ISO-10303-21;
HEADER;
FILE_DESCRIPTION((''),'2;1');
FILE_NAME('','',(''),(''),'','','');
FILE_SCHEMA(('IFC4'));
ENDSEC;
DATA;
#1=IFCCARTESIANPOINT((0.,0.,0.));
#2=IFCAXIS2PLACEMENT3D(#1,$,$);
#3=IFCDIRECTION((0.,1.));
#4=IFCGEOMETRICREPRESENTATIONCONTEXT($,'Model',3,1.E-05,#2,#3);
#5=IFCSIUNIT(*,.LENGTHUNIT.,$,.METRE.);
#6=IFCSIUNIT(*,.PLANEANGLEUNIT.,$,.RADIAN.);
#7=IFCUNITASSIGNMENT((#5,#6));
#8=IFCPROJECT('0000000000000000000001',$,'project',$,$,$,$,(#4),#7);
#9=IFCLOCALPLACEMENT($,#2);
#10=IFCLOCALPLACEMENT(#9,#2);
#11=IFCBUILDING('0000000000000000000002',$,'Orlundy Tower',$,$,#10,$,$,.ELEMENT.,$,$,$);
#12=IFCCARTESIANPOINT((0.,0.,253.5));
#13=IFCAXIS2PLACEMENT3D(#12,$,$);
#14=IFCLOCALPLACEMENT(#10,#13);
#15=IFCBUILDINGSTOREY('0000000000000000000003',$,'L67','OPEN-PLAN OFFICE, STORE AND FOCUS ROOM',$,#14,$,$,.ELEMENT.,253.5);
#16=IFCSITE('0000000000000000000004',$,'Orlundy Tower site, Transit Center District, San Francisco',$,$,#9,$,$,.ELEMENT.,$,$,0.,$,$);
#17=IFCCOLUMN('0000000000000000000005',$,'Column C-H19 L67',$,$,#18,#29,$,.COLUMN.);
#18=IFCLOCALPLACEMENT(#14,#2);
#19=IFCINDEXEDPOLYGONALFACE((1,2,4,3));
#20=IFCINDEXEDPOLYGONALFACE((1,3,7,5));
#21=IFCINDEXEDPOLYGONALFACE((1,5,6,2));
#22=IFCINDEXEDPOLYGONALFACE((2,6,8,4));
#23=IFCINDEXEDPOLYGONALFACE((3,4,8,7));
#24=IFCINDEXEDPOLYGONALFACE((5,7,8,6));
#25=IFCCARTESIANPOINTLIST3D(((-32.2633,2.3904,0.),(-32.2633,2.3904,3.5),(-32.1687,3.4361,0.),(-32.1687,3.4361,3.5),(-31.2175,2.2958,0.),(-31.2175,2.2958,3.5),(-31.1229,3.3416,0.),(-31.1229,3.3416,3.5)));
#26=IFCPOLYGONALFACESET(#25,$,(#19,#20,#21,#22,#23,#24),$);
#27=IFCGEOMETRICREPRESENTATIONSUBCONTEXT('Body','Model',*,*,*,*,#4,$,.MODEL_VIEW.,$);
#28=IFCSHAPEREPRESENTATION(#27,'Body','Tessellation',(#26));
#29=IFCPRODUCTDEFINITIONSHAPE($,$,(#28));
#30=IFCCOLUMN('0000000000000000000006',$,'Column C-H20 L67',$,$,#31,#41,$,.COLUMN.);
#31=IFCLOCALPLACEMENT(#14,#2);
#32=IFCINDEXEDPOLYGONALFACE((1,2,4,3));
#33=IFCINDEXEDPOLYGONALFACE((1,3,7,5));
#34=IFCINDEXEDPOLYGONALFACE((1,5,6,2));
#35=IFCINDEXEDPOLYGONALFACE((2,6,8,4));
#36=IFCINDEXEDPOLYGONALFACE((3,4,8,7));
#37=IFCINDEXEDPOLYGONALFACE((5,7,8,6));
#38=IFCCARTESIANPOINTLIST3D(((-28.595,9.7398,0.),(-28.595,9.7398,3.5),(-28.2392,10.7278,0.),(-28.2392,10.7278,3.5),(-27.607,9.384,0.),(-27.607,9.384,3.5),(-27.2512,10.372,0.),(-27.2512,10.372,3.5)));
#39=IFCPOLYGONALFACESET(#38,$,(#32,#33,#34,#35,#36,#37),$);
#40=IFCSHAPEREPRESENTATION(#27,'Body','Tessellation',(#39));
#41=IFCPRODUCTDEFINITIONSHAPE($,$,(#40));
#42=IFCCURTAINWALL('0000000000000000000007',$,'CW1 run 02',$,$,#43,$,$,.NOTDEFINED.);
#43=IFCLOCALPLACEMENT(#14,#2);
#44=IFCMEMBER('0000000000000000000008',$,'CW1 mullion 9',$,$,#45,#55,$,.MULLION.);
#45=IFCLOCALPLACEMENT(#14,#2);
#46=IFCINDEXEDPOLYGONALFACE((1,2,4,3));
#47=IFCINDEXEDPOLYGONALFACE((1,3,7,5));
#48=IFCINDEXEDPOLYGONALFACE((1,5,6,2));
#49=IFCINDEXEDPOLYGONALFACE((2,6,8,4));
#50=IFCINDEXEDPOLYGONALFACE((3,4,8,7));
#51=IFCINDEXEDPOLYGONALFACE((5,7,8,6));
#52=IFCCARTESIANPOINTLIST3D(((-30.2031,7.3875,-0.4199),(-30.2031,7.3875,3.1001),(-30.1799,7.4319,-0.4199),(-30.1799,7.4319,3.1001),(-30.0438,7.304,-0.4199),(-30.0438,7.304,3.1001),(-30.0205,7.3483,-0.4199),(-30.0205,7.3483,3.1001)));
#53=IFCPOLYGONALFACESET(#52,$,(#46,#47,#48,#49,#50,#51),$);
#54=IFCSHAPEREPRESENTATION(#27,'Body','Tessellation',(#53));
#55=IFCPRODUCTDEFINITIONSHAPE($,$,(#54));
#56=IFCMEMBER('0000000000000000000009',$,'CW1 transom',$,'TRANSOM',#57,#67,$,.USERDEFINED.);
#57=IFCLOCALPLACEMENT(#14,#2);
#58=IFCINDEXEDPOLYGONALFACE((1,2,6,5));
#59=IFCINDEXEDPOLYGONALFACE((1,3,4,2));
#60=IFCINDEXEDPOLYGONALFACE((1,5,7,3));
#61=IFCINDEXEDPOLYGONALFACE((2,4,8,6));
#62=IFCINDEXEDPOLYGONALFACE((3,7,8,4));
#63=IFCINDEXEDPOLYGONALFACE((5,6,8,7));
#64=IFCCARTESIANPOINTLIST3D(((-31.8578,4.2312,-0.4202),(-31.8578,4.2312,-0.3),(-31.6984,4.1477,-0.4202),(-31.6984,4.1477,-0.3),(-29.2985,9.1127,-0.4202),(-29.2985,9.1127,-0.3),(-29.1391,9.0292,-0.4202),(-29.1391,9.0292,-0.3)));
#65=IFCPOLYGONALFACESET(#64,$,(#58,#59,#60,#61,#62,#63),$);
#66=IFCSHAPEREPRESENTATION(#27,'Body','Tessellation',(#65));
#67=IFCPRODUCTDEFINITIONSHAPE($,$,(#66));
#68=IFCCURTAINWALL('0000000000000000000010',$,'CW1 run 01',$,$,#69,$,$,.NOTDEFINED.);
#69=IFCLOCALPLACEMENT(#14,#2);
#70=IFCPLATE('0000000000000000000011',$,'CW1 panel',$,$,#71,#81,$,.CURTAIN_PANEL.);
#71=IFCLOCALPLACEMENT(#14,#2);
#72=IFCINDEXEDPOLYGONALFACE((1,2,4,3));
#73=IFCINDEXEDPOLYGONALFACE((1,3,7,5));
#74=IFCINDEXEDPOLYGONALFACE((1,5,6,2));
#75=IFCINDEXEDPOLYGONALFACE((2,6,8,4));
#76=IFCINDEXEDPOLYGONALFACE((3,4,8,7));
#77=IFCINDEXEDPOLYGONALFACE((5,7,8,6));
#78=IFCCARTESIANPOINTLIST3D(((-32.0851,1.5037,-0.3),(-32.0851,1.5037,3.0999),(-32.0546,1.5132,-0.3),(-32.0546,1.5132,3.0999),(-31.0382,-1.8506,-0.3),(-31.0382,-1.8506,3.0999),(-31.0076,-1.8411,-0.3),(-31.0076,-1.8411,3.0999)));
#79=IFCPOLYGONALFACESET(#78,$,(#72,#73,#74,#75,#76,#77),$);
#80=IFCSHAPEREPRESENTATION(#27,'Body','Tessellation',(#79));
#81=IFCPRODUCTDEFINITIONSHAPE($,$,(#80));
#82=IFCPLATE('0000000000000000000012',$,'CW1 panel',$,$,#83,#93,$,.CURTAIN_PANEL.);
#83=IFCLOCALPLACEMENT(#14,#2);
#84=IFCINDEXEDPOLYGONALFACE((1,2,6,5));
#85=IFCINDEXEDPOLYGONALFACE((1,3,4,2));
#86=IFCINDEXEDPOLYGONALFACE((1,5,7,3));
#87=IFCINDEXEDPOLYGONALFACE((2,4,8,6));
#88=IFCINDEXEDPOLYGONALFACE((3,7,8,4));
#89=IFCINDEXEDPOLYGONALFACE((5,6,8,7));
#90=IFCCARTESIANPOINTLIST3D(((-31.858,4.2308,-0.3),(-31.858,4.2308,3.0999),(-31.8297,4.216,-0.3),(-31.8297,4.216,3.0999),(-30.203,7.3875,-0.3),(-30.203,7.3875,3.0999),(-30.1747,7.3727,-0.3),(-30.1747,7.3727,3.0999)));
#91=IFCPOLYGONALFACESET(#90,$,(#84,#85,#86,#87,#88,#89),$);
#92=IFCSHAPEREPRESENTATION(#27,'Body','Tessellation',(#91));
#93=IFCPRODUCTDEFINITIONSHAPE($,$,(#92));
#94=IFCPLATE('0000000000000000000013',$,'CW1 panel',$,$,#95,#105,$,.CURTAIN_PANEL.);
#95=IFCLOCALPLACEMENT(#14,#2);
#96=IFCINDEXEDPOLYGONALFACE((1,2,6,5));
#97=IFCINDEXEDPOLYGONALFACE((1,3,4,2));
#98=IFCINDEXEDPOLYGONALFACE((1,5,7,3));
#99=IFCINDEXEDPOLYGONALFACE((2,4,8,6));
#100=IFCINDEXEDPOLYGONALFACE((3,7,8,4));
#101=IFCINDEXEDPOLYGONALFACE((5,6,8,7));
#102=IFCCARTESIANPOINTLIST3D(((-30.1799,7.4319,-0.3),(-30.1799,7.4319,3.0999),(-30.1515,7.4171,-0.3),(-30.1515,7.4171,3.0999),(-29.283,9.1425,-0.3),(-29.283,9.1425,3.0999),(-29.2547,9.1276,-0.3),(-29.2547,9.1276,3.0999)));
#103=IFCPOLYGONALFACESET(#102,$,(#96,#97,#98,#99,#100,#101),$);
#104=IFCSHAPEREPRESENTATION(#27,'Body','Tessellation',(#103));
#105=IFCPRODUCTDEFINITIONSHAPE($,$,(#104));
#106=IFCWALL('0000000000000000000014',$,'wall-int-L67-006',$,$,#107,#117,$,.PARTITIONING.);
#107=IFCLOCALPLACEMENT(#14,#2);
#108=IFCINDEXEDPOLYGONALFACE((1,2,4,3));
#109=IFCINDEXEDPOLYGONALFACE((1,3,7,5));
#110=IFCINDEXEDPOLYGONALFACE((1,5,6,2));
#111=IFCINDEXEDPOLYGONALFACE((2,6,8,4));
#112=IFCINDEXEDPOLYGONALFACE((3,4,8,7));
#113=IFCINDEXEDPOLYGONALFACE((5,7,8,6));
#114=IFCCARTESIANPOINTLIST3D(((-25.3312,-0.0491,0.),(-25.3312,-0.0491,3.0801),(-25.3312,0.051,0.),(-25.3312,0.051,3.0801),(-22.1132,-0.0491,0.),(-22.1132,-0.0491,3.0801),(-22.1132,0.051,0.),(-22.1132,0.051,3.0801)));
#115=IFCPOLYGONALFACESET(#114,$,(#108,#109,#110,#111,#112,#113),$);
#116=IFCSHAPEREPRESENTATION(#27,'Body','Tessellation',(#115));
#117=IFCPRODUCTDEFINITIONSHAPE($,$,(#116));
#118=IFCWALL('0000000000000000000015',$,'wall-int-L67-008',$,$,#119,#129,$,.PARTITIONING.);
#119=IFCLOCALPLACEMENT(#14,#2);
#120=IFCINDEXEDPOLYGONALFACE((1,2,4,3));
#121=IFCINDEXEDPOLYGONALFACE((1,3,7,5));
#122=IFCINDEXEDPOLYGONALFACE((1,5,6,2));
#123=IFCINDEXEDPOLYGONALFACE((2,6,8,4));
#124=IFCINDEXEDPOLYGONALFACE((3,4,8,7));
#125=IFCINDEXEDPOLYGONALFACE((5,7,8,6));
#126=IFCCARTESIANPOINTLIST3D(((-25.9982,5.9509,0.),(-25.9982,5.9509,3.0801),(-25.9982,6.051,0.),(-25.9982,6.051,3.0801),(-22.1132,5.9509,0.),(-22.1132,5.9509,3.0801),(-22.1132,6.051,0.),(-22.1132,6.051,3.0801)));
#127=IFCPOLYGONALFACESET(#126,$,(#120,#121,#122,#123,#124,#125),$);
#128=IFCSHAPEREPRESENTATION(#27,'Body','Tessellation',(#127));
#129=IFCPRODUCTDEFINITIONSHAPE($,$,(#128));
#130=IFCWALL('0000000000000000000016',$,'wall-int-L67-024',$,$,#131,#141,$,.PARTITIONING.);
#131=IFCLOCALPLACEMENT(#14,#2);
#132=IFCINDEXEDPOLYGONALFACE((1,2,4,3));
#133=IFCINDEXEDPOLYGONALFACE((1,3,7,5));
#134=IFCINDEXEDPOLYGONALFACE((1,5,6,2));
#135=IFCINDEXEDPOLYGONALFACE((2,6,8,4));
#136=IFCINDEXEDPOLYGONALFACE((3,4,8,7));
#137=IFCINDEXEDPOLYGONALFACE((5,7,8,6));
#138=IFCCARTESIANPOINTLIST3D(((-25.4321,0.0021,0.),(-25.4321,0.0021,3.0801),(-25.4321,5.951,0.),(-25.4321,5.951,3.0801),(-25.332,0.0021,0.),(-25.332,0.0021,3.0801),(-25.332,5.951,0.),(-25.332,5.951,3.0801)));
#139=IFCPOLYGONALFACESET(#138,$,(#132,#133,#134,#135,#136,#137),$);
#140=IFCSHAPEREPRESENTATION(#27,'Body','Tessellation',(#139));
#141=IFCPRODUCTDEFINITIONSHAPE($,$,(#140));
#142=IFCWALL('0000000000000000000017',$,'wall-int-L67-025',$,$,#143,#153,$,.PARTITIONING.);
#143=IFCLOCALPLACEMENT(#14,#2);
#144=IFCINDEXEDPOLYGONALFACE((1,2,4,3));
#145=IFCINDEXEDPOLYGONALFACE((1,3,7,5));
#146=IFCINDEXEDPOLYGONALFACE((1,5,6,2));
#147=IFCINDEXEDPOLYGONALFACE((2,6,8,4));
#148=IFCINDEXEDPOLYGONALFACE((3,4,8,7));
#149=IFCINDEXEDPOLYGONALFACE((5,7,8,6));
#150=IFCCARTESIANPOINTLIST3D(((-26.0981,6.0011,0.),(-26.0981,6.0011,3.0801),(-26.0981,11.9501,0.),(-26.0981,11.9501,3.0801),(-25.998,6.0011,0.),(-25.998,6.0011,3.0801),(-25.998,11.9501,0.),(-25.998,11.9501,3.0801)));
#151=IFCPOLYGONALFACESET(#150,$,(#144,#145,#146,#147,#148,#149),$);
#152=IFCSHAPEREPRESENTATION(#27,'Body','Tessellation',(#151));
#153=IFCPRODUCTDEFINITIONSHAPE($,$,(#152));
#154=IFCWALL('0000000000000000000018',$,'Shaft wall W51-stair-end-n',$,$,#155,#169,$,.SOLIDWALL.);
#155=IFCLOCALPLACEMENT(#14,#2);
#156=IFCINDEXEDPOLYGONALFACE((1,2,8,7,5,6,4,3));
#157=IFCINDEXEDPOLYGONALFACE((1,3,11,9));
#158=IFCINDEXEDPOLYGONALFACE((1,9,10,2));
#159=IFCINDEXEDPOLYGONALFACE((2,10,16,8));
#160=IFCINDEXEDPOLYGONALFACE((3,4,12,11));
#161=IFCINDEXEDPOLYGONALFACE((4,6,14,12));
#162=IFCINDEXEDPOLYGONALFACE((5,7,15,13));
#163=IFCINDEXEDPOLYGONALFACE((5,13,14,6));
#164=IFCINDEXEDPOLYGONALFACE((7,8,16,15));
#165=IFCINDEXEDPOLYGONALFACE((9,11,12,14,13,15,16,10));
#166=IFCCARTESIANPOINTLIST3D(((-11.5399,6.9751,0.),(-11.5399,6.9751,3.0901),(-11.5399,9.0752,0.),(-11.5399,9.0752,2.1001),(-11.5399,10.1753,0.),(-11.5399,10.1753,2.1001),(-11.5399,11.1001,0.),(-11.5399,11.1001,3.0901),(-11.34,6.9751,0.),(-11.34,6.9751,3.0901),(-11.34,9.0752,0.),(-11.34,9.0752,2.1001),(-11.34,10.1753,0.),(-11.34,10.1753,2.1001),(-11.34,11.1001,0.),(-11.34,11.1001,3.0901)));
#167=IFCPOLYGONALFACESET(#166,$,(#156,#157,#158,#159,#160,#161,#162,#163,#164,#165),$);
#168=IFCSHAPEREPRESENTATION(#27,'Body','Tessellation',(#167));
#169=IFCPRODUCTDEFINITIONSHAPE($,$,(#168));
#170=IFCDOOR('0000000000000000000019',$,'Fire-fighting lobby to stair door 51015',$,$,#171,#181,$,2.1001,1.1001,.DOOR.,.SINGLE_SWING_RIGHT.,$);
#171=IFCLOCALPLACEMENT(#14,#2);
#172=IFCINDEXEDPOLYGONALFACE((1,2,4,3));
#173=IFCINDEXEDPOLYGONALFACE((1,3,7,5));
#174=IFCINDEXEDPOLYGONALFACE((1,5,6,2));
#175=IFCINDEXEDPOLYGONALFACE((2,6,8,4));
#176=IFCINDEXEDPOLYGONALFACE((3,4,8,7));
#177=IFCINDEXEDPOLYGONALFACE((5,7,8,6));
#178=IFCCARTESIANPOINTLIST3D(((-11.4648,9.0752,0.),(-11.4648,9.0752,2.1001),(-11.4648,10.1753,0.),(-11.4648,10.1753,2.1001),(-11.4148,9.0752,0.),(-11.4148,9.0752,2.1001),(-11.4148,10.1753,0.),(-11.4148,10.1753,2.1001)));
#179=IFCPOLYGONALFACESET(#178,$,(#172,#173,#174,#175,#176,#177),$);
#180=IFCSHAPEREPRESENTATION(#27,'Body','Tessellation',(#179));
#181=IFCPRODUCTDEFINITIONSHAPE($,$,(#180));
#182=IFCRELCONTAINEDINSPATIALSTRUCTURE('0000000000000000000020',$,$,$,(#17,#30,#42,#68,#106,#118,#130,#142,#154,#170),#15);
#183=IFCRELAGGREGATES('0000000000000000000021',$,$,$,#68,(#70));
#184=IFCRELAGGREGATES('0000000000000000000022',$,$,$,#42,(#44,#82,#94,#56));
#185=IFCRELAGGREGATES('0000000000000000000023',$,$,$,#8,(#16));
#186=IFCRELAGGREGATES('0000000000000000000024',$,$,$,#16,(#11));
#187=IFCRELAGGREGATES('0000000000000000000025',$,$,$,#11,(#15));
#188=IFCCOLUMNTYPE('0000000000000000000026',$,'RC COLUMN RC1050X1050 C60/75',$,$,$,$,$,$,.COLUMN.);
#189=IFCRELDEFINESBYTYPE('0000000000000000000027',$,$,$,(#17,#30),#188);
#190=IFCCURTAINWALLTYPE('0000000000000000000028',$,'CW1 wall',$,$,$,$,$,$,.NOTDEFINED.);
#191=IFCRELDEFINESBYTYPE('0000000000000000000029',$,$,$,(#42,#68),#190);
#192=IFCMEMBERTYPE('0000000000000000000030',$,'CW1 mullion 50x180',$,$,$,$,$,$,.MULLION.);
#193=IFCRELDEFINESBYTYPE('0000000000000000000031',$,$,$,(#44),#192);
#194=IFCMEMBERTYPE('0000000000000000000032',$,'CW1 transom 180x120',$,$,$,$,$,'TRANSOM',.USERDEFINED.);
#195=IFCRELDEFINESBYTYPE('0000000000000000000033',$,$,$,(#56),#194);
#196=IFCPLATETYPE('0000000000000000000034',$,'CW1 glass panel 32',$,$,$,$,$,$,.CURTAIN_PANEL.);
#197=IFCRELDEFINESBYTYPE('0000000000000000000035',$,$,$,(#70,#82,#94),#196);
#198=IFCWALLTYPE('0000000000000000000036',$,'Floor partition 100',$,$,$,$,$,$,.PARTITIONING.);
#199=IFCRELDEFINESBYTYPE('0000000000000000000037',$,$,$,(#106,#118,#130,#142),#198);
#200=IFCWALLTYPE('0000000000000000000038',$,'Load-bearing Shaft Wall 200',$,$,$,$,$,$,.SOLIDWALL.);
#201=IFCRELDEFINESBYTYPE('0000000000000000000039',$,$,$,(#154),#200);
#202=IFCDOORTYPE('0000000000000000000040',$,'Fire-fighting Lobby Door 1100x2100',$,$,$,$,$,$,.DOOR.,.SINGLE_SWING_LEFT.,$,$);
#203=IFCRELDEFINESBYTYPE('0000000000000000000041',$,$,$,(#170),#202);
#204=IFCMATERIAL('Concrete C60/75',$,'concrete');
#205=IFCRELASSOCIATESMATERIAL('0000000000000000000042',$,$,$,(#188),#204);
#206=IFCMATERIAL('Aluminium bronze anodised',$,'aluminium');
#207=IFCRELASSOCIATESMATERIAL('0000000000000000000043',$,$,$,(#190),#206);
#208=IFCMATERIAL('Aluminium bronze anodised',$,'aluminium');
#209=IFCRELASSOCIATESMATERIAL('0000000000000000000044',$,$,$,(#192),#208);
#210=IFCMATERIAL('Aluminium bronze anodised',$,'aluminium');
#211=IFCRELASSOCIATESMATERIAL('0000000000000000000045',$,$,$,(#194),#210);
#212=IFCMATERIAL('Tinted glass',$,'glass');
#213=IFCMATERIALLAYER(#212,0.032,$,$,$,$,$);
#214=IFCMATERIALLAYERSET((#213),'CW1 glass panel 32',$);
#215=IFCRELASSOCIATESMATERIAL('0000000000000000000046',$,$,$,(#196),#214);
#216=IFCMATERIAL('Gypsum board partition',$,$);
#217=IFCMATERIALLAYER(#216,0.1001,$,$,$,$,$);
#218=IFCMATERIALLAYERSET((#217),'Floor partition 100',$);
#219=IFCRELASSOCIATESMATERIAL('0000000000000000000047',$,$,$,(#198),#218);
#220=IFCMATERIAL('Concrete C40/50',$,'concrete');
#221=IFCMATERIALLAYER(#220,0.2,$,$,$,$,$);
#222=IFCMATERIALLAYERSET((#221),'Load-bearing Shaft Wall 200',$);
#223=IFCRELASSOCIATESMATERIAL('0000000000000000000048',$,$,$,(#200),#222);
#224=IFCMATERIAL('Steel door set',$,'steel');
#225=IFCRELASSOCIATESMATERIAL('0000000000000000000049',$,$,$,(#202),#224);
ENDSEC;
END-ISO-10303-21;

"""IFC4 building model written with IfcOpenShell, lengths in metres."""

from ifc_helpers import new_model, si_unit, direction, frame, frame_2d, origin, origin_2d, place, context, subcontext, project, spatial, rectangle, extrude, material, layer, layer_set, material_profile, profile_set, type_object, element, fill, aggregate, save


model = new_model("IFC4")

# Units and contexts
model_context = context("Model", 3, precision=1e-05, world=origin(), true_north=direction((0.0, 1.0)))
body_context = subcontext(model_context, "Body", "Model", "MODEL_VIEW")
ifc_project = project(units=[si_unit("LENGTHUNIT", "METRE"), si_unit("PLANEANGLEUNIT", "RADIAN")], contexts=[model_context])

# Site, building, storey
site_placement = place(None, origin())
site = spatial("IfcSite", under=ifc_project, at=site_placement, Name="Orlundy Tower site, Transit Center District, San Francisco", CompositionType="ELEMENT", RefElevation=0.0)
building_placement = place(site_placement, origin())
building = spatial("IfcBuilding", under=site, at=building_placement, Name="Orlundy Tower", CompositionType="ELEMENT")
storey_placement = place(building_placement, frame((0.0, 0.0, 253.5)))
storey = spatial("IfcBuildingStorey", under=building, at=storey_placement, Name="L67", Description="OPEN-PLAN OFFICE, STORE AND FOCUS ROOM", CompositionType="ELEMENT", Elevation=253.5)

# Columns
ifc_material_1 = material(Name="Concrete C60/75", Category="concrete")
ifc_material_profile_1 = material_profile(ifc_material_1, rectangle(XDim=1.05, YDim=1.05, at=origin_2d()), Name="RC1050X1050")
ifc_profile_set_1 = profile_set([ifc_material_profile_1], Name="Concrete C60/75")
column_type = type_object("IfcColumnType", Name="RC COLUMN RC1050X1050 C60/75", PredefinedType="COLUMN", material=ifc_profile_set_1)
for number, where, z_axis, x_axis, name in (
    (1, (-31.6931, 2.866, 0.0), (0.0, 0.0, 1.0), (-0.995936, 0.090059, 0.0), "Column C-H19 L67"),
    (2, (-27.9231, 10.0559, 0.0), (0.0, 0.0, 1.0), (-0.940845, 0.338836, 0.0), "Column C-H20 L67"),
):
    element("IfcColumn", number, at=place(storey_placement, frame(where, z_axis=z_axis, x_axis=x_axis)), inside=storey, type_object=column_type, Name=name, PredefinedType="COLUMN", context=body_context, shape_type="SweptSolid", body=[
        extrude(rectangle(XDim=1.05, YDim=1.05, at=origin_2d()), origin(), (0.0, 0.0, 1.0), 3.5),
    ])

# Curtain wall, members
ifc_material_2 = material(Name="Aluminium bronze anodised", Category="aluminium")
curtain_wall_type = type_object("IfcCurtainWallType", Name="CW1 wall", PredefinedType="NOTDEFINED", material=ifc_material_2)
curtain_wall_1_placement = place(storey_placement, origin())
curtain_wall_1 = element("IfcCurtainWall", 3, at=curtain_wall_1_placement, inside=storey, type_object=curtain_wall_type, Name="CW1 run 02", PredefinedType="NOTDEFINED")
ifc_material_3 = material(Name="Aluminium bronze anodised", Category="aluminium")
ifc_material_profile_2 = material_profile(ifc_material_3, rectangle(XDim=0.1799, YDim=0.05, at=origin_2d()), Name="CW1 mullion 50x180")
ifc_profile_set_2 = profile_set([ifc_material_profile_2], Name="Aluminium bronze anodised")
member_type_1 = type_object("IfcMemberType", Name="CW1 mullion 50x180", PredefinedType="MULLION", material=ifc_profile_set_2)
member_1_placement = place(storey_placement, frame((-30.1118, 7.3679, -0.4199), z_axis=(0.0, 0.0, 1.0), x_axis=(-0.885659, 0.464336, 0.0)))
member_1 = element("IfcMember", 4, at=member_1_placement, type_object=member_type_1, Name="CW1 mullion 9", PredefinedType="MULLION", context=body_context, shape_type="SweptSolid", body=[
    extrude(rectangle(XDim=0.1799, YDim=0.05, at=origin_2d()), origin(), (0.0, 0.0, 1.0), 3.52),
])
ifc_material_4 = material(Name="Aluminium bronze anodised", Category="aluminium")
ifc_material_profile_3 = material_profile(ifc_material_4, rectangle(XDim=0.1799, YDim=0.1201, at=origin_2d()), Name="CW1 transom 180x120")
ifc_profile_set_3 = profile_set([ifc_material_profile_3], Name="Aluminium bronze anodised")
member_type_2 = type_object("IfcMemberType", Name="CW1 transom 180x120", ElementType="TRANSOM", PredefinedType="USERDEFINED", material=ifc_profile_set_3)
member_2_placement = place(storey_placement, frame((-31.7781, 4.1895, -0.3601), z_axis=(0.464335, 0.88566, 0.0), x_axis=(-0.88566, 0.464335, 0.0)))
member_2 = element("IfcMember", 5, at=member_2_placement, type_object=member_type_2, Name="CW1 transom", ObjectType="TRANSOM", PredefinedType="USERDEFINED", context=body_context, shape_type="SweptSolid", body=[
    extrude(rectangle(XDim=0.1799, YDim=0.1201, at=origin_2d()), origin(), (0.0, 0.0, 1.0), 5.5117),
])

# Curtain wall, plate
curtain_wall_2_placement = place(storey_placement, origin())
curtain_wall_2 = element("IfcCurtainWall", 6, at=curtain_wall_2_placement, inside=storey, type_object=curtain_wall_type, Name="CW1 run 01", PredefinedType="NOTDEFINED")
ifc_material_5 = material(Name="Tinted glass", Category="glass")
ifc_layer_1 = layer(ifc_material_5, 0.032)
ifc_layer_set_1 = layer_set([ifc_layer_1], Name="CW1 glass panel 32")
plate_type = type_object("IfcPlateType", Name="CW1 glass panel 32", PredefinedType="CURTAIN_PANEL", material=ifc_layer_set_1)
plate_1_placement = place(storey_placement, frame((-31.5464, -0.1687, -0.3), z_axis=(0.0, 0.0, 1.0), x_axis=(-0.297954, 0.95458, 0.0)))
plate_1 = element("IfcPlate", 7, at=plate_1_placement, type_object=plate_type, Name="CW1 panel", PredefinedType="CURTAIN_PANEL", context=body_context, shape_type="SweptSolid", body=[
    extrude(rectangle(XDim=3.5139, YDim=0.032, at=origin_2d()), origin(), (0.0, 0.0, 1.0), 3.3999),
])
aggregate(curtain_wall_2, [plate_1])

# Plates
plate_2_placement = place(storey_placement, frame((-31.0164, 5.8018, -0.3), z_axis=(0.0, 0.0, 1.0), x_axis=(0.464336, 0.885659, 0.0)))
plate_2 = element("IfcPlate", 8, at=plate_2_placement, type_object=plate_type, Name="CW1 panel", PredefinedType="CURTAIN_PANEL", context=body_context, shape_type="SweptSolid", body=[
    extrude(rectangle(XDim=3.5642, YDim=0.032, at=origin_2d()), origin(), (0.0, 0.0, 1.0), 3.3999),
])
plate_3_placement = place(storey_placement, frame((-29.7173, 8.2798, -0.3), z_axis=(0.0, 0.0, 1.0), x_axis=(0.464336, 0.885659, 0.0)))
plate_3 = element("IfcPlate", 9, at=plate_3_placement, type_object=plate_type, Name="CW1 panel", PredefinedType="CURTAIN_PANEL", context=body_context, shape_type="SweptSolid", body=[
    extrude(rectangle(XDim=1.9314, YDim=0.032, at=origin_2d()), origin(), (0.0, 0.0, 1.0), 3.3999),
])
aggregate(curtain_wall_1, [member_1, plate_2, plate_3, member_2])

# Walls
ifc_material_6 = material(Name="Gypsum board partition")
ifc_layer_2 = layer(ifc_material_6, 0.1001)
ifc_layer_set_2 = layer_set([ifc_layer_2], Name="Floor partition 100")
wall_type_1 = type_object("IfcWallType", Name="Floor partition 100", PredefinedType="PARTITIONING", material=ifc_layer_set_2)
wall_1_placement = place(storey_placement, frame((-25.3311, 0.001, 0.0), z_axis=(0.0, 0.0, 1.0), x_axis=(1.0, 0.0, 0.0)))
element("IfcWall", 10, at=wall_1_placement, inside=storey, type_object=wall_type_1, Name="wall-int-L67-006", PredefinedType="PARTITIONING", context=body_context, shape_type="SweptSolid", body=[
    extrude(rectangle(XDim=3.218, YDim=0.1001, at=frame_2d((1.6089, 0.0))), origin(), (0.0, 0.0, 1.0), 3.0801),
])
wall_2_placement = place(storey_placement, frame((-25.998, 6.001, 0.0), z_axis=(0.0, 0.0, 1.0), x_axis=(1.0, 0.0, 0.0)))
element("IfcWall", 11, at=wall_2_placement, inside=storey, type_object=wall_type_1, Name="wall-int-L67-008", PredefinedType="PARTITIONING", context=body_context, shape_type="SweptSolid", body=[
    extrude(rectangle(XDim=3.885, YDim=0.1001, at=frame_2d((1.9424, 0.0))), origin(), (0.0, 0.0, 1.0), 3.0801),
])
for number, where, z_axis, x_axis, name in (
    (12, (-25.3821, 0.002, 0.0), (0.0, 0.0, 1.0), (0.0, 1.0, 0.0), "wall-int-L67-024"),
    (13, (-26.0481, 6.001, 0.0), (0.0, 0.0, 1.0), (0.0, 1.0, 0.0), "wall-int-L67-025"),
):
    element("IfcWall", number, at=place(storey_placement, frame(where, z_axis=z_axis, x_axis=x_axis)), inside=storey, type_object=wall_type_1, Name=name, PredefinedType="PARTITIONING", context=body_context, shape_type="SweptSolid", body=[
        extrude(rectangle(XDim=5.949, YDim=0.1001, at=frame_2d((2.9746, 0.0))), origin(), (0.0, 0.0, 1.0), 3.0801),
    ])

# Wall, opening, door
ifc_material_7 = material(Name="Concrete C40/50", Category="concrete")
ifc_layer_3 = layer(ifc_material_7, 0.2)
ifc_layer_set_3 = layer_set([ifc_layer_3], Name="Load-bearing Shaft Wall 200")
wall_type_2 = type_object("IfcWallType", Name="Load-bearing Shaft Wall 200", PredefinedType="SOLIDWALL", material=ifc_layer_set_3)
wall_3_placement = place(storey_placement, frame((-11.4399, 6.9751, 0.0), z_axis=(0.0, 0.0, 1.0), x_axis=(0.0, 1.0, 0.0)))
wall_3 = element("IfcWall", 14, at=wall_3_placement, inside=storey, type_object=wall_type_2, Name="Shaft wall W51-stair-end-n", PredefinedType="SOLIDWALL", context=body_context, shape_type="SweptSolid", body=[
    extrude(rectangle(XDim=4.125, YDim=0.2, at=frame_2d((2.0625, 0.0))), origin(), (0.0, 0.0, 1.0), 3.0901),
])
opening_1_placement = place(wall_3_placement, frame((2.1001, 0.0, 0.0)))
opening_1 = element("IfcOpeningElement", 15, at=opening_1_placement, cuts=wall_3, PredefinedType="OPENING", context=body_context, shape_type="SweptSolid", body=[
    extrude(rectangle(XDim=1.1001, YDim=2.1001, at=frame_2d((0.55, 1.05))), frame((0.0, 0.1101, 0.0), z_axis=(0.0, -1.0, 0.0), x_axis=(1.0, 0.0, 0.0)), (0.0, 0.0, 1.0), 0.2202),
])
ifc_material_8 = material(Name="Steel door set", Category="steel")
door_type_1 = type_object("IfcDoorType", Name="Fire-fighting Lobby Door 1100x2100", OperationType="SINGLE_SWING_LEFT", PredefinedType="DOOR", material=ifc_material_8)
door_1_placement = place(opening_1_placement, origin())
door_1 = element("IfcDoor", 16, at=door_1_placement, inside=storey, type_object=door_type_1, Name="Fire-fighting lobby to stair door 51015", OperationType="SINGLE_SWING_RIGHT", OverallHeight=2.1001, OverallWidth=1.1001, PredefinedType="DOOR", context=body_context, shape_type="SweptSolid", body=[
    extrude(rectangle(XDim=1.1001, YDim=2.1001, at=frame_2d((0.55, 1.05))), frame((0.0, 0.0249, 0.0), z_axis=(0.0, -1.0, 0.0), x_axis=(1.0, 0.0, 0.0)), (0.0, 0.0, 1.0), 0.05),
])
fill(opening_1, door_1)

save(model, "model.ifc")
